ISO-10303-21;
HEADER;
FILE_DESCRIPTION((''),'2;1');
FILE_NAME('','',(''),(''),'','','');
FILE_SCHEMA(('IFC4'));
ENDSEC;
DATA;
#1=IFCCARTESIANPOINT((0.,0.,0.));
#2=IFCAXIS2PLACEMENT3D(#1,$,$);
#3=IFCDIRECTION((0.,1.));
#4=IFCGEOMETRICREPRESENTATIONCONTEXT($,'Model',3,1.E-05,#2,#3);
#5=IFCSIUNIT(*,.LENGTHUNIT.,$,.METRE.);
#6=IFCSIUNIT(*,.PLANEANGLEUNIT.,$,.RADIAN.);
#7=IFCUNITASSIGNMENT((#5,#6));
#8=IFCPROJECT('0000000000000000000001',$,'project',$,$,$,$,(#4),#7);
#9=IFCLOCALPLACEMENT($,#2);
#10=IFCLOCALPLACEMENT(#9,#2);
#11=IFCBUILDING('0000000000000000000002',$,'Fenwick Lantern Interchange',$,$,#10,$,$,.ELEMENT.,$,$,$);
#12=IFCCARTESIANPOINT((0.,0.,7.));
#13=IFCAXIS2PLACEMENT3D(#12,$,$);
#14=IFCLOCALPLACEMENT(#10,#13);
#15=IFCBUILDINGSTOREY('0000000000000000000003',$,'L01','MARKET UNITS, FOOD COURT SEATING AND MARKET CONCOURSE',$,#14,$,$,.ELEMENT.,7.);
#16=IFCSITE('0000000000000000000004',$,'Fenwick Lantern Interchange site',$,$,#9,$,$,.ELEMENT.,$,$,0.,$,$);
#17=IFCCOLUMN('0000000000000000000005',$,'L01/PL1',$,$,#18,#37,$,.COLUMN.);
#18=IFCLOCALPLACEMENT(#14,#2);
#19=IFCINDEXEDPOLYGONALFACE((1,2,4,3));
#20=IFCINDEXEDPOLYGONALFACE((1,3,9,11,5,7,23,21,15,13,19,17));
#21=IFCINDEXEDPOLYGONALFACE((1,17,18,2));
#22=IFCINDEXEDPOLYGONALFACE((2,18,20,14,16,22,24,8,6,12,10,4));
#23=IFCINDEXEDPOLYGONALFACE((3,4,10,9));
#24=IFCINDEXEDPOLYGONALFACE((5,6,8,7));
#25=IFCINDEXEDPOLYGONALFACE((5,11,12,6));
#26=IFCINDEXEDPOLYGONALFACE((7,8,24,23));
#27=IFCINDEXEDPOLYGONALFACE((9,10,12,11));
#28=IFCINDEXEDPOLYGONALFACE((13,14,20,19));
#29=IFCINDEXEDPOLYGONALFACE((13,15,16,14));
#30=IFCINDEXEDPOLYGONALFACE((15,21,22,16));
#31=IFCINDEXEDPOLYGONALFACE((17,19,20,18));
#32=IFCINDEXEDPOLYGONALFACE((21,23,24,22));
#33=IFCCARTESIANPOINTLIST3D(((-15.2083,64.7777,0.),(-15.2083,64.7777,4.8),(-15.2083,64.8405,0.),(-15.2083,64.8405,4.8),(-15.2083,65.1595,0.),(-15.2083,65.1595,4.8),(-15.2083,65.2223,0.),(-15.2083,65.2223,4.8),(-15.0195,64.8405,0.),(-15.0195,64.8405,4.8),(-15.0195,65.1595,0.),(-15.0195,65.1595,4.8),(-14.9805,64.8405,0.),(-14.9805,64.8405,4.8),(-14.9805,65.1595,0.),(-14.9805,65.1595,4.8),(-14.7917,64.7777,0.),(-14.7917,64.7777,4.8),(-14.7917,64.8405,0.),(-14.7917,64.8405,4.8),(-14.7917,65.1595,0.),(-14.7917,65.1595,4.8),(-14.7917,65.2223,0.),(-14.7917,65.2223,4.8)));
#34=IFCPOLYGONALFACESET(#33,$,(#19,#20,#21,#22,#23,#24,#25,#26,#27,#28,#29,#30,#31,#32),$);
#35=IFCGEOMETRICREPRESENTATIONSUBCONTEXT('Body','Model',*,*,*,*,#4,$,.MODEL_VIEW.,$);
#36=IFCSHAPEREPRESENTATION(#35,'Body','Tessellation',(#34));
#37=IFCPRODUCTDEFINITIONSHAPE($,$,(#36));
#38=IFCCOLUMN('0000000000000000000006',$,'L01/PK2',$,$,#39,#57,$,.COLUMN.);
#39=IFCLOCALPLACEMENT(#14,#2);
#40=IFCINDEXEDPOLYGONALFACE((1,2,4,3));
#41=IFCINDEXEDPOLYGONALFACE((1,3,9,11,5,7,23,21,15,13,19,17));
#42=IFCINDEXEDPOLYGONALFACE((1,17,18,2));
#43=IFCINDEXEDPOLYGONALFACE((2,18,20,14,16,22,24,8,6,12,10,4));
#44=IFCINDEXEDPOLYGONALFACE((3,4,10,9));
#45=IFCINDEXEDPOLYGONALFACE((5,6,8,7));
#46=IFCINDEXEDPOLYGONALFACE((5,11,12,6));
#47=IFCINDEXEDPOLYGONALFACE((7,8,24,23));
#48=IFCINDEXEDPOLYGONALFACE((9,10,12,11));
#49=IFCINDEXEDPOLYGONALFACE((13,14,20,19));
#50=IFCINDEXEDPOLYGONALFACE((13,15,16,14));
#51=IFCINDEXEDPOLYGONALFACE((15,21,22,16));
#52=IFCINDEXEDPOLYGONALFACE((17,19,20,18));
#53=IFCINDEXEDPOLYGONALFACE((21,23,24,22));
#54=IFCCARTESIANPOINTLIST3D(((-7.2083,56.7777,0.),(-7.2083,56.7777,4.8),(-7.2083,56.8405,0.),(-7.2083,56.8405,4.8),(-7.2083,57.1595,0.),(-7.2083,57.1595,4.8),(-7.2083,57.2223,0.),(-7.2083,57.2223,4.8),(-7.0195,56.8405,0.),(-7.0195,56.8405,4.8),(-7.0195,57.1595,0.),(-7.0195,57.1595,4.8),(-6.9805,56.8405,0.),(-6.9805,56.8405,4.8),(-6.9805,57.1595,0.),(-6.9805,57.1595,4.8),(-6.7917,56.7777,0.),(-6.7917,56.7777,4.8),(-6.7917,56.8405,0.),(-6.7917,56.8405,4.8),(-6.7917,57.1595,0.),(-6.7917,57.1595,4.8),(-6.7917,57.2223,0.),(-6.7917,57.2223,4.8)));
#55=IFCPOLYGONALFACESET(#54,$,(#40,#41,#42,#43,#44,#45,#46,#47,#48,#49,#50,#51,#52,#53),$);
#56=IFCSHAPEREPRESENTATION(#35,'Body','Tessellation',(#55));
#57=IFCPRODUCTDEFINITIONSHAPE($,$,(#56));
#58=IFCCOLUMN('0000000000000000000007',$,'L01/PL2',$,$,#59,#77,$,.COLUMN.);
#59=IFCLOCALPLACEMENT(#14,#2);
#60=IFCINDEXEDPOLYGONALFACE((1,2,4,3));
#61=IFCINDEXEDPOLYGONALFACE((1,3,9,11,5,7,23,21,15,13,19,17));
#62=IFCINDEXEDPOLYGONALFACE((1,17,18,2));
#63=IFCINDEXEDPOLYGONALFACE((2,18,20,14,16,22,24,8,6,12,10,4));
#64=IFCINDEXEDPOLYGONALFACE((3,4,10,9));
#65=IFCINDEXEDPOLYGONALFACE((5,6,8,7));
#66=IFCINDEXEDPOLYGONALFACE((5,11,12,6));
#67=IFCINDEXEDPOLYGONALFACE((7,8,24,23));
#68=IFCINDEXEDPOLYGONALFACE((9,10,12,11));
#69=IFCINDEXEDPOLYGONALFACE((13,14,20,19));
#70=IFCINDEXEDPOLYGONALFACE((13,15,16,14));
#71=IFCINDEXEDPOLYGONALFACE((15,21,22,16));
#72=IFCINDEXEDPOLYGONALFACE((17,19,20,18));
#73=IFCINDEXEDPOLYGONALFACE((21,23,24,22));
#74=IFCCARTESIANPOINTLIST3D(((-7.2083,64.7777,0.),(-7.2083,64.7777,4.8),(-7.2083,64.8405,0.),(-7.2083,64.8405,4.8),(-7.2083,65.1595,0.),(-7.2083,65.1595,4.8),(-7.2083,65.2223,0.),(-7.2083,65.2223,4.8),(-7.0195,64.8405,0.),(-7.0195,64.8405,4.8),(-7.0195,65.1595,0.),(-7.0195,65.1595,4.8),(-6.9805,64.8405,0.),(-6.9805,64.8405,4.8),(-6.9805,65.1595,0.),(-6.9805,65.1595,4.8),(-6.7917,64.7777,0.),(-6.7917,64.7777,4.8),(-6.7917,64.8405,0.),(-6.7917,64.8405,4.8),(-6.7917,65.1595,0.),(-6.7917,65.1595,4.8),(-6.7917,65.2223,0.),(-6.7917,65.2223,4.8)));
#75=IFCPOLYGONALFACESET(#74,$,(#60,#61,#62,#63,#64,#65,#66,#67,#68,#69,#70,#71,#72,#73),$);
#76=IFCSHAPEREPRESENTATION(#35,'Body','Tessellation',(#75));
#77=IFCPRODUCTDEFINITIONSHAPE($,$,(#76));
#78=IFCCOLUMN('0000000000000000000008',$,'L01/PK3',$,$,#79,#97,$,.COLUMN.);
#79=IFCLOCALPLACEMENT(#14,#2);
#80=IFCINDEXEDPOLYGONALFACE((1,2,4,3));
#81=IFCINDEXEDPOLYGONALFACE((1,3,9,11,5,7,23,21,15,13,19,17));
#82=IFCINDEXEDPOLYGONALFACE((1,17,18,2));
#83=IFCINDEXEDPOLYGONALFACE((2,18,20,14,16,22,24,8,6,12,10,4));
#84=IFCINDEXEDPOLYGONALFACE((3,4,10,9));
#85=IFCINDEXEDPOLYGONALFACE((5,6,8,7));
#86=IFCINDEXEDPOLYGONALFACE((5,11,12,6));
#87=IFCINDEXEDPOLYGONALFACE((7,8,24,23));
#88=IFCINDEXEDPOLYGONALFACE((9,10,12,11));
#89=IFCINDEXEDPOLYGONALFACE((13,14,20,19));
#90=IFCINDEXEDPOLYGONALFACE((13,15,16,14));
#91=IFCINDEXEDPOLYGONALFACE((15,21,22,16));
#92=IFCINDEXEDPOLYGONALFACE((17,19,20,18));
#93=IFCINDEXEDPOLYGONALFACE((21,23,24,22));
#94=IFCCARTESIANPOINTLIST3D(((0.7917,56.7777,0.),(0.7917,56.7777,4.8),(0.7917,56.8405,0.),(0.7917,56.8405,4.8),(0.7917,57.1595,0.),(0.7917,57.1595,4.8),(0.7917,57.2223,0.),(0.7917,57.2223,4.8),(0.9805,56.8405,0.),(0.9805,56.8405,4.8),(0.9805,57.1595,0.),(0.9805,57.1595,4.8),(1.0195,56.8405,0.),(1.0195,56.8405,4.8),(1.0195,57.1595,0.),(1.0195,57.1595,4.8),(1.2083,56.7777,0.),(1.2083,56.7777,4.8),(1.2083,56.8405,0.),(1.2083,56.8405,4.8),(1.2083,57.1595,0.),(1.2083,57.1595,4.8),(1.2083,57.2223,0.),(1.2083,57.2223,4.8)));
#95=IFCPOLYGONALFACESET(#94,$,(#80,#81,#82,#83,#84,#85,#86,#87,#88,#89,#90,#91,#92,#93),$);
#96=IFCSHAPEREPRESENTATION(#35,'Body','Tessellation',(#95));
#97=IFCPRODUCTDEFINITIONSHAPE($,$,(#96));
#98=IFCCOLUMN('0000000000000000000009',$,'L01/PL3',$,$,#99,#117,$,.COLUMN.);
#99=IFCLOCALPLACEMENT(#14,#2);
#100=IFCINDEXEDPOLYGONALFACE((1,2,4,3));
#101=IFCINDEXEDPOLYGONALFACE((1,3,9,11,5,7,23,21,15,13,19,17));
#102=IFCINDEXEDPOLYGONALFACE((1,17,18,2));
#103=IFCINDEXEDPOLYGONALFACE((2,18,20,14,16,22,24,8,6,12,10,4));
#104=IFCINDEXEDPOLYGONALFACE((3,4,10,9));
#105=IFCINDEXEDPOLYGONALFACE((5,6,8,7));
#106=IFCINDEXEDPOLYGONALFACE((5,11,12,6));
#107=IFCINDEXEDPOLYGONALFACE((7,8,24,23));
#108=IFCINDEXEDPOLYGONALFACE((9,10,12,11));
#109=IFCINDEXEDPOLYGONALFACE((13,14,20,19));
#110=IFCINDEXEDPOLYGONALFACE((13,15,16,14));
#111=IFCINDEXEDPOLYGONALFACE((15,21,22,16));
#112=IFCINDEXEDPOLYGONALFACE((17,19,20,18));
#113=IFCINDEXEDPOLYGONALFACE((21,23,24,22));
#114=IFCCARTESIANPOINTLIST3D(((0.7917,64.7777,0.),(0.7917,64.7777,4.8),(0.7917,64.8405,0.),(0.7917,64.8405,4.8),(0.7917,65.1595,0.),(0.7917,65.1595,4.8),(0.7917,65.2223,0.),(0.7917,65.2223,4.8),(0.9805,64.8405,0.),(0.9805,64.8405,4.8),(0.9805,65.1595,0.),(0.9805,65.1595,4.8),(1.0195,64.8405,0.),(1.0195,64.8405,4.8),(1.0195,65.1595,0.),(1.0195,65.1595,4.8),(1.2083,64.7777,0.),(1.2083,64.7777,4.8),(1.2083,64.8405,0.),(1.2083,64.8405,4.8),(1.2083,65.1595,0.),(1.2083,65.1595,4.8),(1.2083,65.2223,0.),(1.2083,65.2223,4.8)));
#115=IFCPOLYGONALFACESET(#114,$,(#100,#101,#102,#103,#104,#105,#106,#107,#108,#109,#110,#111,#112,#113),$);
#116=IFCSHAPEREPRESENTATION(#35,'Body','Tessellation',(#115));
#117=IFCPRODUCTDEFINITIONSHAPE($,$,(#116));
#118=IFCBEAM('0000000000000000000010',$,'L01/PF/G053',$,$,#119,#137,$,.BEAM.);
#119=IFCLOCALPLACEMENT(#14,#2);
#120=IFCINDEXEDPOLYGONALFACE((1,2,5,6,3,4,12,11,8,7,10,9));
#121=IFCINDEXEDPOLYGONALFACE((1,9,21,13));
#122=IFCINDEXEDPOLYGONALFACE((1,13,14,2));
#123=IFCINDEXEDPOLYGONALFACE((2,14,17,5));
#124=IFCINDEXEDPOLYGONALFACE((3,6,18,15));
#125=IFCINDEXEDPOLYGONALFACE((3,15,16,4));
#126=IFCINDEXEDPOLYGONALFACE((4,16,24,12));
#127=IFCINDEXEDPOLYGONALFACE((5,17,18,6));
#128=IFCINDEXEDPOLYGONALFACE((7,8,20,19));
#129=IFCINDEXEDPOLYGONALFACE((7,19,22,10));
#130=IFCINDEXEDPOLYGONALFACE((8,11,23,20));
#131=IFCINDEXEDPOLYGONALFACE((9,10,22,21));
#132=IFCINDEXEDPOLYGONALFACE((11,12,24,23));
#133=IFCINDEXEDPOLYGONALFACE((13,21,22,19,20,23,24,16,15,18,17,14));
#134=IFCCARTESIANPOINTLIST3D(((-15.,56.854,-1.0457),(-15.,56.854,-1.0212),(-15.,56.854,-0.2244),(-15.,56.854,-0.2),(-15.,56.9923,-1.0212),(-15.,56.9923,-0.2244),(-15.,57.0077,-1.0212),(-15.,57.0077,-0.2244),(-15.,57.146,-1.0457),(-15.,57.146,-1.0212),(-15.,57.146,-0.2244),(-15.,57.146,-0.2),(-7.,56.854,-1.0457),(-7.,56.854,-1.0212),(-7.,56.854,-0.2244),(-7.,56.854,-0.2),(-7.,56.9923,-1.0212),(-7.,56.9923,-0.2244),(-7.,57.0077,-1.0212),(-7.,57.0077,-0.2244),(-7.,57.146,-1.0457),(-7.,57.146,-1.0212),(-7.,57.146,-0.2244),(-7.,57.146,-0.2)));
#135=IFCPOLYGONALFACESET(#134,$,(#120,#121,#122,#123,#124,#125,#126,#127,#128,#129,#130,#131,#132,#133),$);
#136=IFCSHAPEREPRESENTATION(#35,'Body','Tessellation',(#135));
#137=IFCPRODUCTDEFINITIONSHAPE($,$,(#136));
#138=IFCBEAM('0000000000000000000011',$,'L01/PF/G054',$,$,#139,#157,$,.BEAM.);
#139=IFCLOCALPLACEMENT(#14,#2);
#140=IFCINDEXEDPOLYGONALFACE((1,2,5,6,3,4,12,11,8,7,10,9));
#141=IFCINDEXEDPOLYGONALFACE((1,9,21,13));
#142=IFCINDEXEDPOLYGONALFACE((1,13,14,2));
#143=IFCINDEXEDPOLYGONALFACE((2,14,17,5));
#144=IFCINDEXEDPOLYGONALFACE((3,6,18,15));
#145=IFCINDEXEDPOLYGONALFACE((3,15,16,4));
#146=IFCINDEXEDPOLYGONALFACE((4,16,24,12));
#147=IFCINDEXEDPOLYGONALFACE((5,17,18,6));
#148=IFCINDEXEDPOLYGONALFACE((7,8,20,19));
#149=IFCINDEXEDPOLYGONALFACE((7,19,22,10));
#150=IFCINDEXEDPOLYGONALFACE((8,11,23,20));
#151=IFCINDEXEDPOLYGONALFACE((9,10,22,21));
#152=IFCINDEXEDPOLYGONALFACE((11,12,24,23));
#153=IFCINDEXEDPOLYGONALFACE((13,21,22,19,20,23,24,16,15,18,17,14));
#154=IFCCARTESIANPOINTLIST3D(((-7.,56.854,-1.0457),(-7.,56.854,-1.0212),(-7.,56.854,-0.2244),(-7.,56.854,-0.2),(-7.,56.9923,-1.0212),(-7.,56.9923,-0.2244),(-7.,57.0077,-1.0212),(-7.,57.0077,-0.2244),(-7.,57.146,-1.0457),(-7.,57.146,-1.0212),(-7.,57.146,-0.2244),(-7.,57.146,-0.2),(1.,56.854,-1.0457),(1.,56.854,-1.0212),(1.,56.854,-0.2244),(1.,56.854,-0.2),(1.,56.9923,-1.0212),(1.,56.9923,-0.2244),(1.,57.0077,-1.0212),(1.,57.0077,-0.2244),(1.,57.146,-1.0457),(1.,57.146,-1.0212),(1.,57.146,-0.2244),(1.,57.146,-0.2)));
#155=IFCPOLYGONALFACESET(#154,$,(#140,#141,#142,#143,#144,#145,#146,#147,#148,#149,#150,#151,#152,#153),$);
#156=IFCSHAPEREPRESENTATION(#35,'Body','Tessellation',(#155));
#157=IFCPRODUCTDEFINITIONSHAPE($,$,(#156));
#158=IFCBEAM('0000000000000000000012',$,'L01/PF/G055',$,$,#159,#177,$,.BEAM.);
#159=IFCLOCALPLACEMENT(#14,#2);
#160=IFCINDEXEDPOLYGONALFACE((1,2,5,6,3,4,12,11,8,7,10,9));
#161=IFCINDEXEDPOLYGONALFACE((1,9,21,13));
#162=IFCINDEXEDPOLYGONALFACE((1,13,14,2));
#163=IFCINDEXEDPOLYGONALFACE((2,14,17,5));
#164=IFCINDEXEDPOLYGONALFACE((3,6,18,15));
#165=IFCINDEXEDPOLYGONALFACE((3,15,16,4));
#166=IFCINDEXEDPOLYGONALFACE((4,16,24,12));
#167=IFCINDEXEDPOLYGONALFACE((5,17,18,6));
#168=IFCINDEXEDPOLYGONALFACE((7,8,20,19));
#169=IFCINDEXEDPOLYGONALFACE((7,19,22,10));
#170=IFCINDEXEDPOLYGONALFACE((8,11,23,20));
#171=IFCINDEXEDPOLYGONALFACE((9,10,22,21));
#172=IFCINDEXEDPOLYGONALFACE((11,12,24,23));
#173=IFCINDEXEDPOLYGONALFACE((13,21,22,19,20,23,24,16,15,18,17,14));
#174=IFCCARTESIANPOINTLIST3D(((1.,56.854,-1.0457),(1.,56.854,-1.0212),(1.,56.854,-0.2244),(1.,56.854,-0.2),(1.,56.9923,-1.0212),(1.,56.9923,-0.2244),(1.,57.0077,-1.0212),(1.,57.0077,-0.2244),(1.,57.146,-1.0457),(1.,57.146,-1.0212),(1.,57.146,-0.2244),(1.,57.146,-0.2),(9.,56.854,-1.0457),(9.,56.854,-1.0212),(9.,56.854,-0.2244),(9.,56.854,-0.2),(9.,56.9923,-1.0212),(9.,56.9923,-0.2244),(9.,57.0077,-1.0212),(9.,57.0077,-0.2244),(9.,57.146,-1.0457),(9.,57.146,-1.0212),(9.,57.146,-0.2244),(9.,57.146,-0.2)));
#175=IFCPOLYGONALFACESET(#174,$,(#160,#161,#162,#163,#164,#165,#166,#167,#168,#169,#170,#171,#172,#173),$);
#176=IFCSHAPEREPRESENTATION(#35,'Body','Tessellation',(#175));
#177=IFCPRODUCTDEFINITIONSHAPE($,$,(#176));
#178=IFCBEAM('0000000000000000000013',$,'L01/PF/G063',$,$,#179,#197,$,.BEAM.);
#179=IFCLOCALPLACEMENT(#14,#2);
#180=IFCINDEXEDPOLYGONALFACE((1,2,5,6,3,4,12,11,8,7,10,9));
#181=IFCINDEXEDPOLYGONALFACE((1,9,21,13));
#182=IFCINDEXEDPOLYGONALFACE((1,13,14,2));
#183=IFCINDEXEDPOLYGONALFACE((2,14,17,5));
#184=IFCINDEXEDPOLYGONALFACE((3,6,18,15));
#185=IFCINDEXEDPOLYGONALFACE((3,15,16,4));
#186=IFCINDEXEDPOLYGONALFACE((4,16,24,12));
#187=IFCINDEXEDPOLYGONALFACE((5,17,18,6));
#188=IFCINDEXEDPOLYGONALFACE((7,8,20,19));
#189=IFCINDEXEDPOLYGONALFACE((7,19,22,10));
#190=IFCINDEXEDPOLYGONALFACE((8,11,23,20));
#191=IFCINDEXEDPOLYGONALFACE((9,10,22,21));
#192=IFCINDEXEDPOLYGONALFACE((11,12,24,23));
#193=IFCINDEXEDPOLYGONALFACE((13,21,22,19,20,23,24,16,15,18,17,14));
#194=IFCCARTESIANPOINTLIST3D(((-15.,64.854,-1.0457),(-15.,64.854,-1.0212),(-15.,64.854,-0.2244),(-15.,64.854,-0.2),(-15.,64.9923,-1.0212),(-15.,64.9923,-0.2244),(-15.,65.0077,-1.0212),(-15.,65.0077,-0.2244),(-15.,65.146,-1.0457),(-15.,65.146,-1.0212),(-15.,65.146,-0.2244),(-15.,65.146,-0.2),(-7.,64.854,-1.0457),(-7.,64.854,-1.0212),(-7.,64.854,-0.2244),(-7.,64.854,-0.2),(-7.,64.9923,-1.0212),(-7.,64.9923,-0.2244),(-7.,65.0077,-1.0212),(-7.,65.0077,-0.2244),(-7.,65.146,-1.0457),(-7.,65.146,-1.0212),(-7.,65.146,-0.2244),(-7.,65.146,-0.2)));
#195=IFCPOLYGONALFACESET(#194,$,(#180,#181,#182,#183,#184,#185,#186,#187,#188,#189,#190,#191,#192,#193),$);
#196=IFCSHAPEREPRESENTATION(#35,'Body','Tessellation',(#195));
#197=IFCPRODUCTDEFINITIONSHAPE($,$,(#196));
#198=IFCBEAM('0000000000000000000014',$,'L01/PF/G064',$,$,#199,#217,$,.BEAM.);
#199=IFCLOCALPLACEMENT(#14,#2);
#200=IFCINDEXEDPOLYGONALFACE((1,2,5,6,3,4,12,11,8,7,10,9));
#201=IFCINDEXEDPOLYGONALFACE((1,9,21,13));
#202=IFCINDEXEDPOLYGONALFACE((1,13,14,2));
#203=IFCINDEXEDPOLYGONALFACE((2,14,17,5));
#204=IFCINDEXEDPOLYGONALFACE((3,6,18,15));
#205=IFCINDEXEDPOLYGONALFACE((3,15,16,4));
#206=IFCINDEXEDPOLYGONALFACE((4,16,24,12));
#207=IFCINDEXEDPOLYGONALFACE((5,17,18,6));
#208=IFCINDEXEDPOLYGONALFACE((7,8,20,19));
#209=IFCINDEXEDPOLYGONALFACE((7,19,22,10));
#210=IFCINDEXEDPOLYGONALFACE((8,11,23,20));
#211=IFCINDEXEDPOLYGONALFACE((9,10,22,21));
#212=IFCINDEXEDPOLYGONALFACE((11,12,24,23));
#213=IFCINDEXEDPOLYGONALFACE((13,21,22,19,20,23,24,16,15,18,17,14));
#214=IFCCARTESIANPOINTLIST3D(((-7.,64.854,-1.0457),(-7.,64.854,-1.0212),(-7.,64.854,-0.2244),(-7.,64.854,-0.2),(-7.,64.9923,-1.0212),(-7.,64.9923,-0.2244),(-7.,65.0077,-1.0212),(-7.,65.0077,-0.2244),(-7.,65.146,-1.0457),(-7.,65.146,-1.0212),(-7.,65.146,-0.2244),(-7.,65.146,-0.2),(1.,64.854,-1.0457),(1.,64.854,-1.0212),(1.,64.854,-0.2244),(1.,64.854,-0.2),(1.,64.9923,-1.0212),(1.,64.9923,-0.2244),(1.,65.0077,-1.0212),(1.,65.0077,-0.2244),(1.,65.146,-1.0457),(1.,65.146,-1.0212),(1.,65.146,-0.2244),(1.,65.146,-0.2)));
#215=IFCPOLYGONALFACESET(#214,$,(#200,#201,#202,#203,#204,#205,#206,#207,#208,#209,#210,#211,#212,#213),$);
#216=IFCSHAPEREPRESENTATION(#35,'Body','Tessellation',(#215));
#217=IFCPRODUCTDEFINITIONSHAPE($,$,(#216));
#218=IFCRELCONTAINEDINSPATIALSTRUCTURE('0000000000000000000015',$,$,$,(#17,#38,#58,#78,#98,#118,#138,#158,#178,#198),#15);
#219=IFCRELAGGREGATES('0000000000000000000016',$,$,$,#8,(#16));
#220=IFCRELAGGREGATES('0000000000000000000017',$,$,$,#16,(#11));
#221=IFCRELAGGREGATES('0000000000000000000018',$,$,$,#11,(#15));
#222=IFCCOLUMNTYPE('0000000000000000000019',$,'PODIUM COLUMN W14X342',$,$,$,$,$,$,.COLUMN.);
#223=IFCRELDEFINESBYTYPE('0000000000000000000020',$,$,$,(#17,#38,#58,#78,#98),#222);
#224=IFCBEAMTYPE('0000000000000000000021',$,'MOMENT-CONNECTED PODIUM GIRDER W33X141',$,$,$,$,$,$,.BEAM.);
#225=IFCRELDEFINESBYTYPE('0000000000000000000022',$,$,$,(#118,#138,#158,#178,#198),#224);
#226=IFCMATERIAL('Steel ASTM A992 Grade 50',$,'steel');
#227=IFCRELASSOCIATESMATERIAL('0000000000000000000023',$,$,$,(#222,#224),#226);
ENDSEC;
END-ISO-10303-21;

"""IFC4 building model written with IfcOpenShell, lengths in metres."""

from ifc_helpers import new_model, si_unit, direction, frame, origin, origin_2d, place, context, subcontext, project, spatial, i_section, extrude, material, material_profile, profile_set, type_object, element, save


model = new_model("IFC4")

# Units and contexts
model_context = context("Model", 3, precision=1e-05, world=origin(), true_north=direction((0.0, 1.0)))
body_context = subcontext(model_context, "Body", "Model", "MODEL_VIEW")
ifc_project = project(units=[si_unit("LENGTHUNIT", "METRE"), si_unit("PLANEANGLEUNIT", "RADIAN")], contexts=[model_context])

# Site, building, storey
site_placement = place(None, origin())
site = spatial("IfcSite", under=ifc_project, at=site_placement, Name="Fenwick Lantern Interchange site", CompositionType="ELEMENT", RefElevation=0.0)
building_placement = place(site_placement, origin())
building = spatial("IfcBuilding", under=site, at=building_placement, Name="Fenwick Lantern Interchange", CompositionType="ELEMENT")
storey_placement = place(building_placement, frame((0.0, 0.0, 7.0)))
storey = spatial("IfcBuildingStorey", under=building, at=storey_placement, Name="L01", Description="MARKET UNITS, FOOD COURT SEATING AND MARKET CONCOURSE", CompositionType="ELEMENT", Elevation=7.0)

# Columns
ifc_material_1 = material(Name="Steel ASTM A992 Grade 50", Category="steel")
ifc_material_profile_1 = material_profile(ifc_material_1, i_section(OverallWidth=0.4165, OverallDepth=0.4446, WebThickness=0.0391, FlangeThickness=0.0627, at=origin_2d()), Name="W14X342")
ifc_profile_set_1 = profile_set([ifc_material_profile_1], Name="Steel ASTM A992 Grade 50")
column_type = type_object("IfcColumnType", Name="PODIUM COLUMN W14X342", PredefinedType="COLUMN", material=ifc_profile_set_1)
for number, where, z_axis, x_axis, name in (
    (1, (-15.0, 65.0, 0.0), (0.0, 0.0, 1.0), (1.0, 0.0, 0.0), "L01/PL1"),
    (2, (-7.0, 57.0, 0.0), (0.0, 0.0, 1.0), (1.0, 0.0, 0.0), "L01/PK2"),
    (3, (-7.0, 65.0, 0.0), (0.0, 0.0, 1.0), (1.0, 0.0, 0.0), "L01/PL2"),
    (4, (1.0, 57.0, 0.0), (0.0, 0.0, 1.0), (1.0, 0.0, 0.0), "L01/PK3"),
    (5, (1.0, 65.0, 0.0), (0.0, 0.0, 1.0), (1.0, 0.0, 0.0), "L01/PL3"),
):
    element("IfcColumn", number, at=place(storey_placement, frame(where, z_axis=z_axis, x_axis=x_axis)), inside=storey, type_object=column_type, Name=name, PredefinedType="COLUMN", context=body_context, shape_type="SweptSolid", body=[
        extrude(i_section(OverallWidth=0.4165, OverallDepth=0.4446, WebThickness=0.0391, FlangeThickness=0.0627, at=origin_2d()), origin(), (0.0, 0.0, 1.0), 4.8),
    ])

# Beams
ifc_material_profile_2 = material_profile(ifc_material_1, i_section(OverallWidth=0.292, OverallDepth=0.8457, WebThickness=0.0154, FlangeThickness=0.0244, at=origin_2d()), Name="W33X141")
ifc_profile_set_2 = profile_set([ifc_material_profile_2], Name="Steel ASTM A992 Grade 50")
beam_type_1 = type_object("IfcBeamType", Name="MOMENT-CONNECTED PODIUM GIRDER W33X141", PredefinedType="BEAM", material=ifc_profile_set_2)
for number, where, z_axis, x_axis, name in (
    (6, (-15.0, 57.0, -0.6228), (1.0, 0.0, 0.0), (0.0, 1.0, 0.0), "L01/PF/G053"),
    (7, (-7.0, 57.0, -0.6228), (1.0, 0.0, 0.0), (0.0, 1.0, 0.0), "L01/PF/G054"),
    (8, (1.0, 57.0, -0.6228), (1.0, 0.0, 0.0), (0.0, 1.0, 0.0), "L01/PF/G055"),
    (9, (-15.0, 65.0, -0.6228), (1.0, 0.0, 0.0), (0.0, 1.0, 0.0), "L01/PF/G063"),
    (10, (-7.0, 65.0, -0.6228), (1.0, 0.0, 0.0), (0.0, 1.0, 0.0), "L01/PF/G064"),
):
    element("IfcBeam", number, at=place(storey_placement, frame(where, z_axis=z_axis, x_axis=x_axis)), inside=storey, type_object=beam_type_1, Name=name, PredefinedType="BEAM", context=body_context, shape_type="SweptSolid", body=[
        extrude(i_section(OverallWidth=0.292, OverallDepth=0.8457, WebThickness=0.0154, FlangeThickness=0.0244, at=origin_2d()), origin(), (0.0, 0.0, 1.0), 8.0),
    ])

save(model, "model.ifc")
